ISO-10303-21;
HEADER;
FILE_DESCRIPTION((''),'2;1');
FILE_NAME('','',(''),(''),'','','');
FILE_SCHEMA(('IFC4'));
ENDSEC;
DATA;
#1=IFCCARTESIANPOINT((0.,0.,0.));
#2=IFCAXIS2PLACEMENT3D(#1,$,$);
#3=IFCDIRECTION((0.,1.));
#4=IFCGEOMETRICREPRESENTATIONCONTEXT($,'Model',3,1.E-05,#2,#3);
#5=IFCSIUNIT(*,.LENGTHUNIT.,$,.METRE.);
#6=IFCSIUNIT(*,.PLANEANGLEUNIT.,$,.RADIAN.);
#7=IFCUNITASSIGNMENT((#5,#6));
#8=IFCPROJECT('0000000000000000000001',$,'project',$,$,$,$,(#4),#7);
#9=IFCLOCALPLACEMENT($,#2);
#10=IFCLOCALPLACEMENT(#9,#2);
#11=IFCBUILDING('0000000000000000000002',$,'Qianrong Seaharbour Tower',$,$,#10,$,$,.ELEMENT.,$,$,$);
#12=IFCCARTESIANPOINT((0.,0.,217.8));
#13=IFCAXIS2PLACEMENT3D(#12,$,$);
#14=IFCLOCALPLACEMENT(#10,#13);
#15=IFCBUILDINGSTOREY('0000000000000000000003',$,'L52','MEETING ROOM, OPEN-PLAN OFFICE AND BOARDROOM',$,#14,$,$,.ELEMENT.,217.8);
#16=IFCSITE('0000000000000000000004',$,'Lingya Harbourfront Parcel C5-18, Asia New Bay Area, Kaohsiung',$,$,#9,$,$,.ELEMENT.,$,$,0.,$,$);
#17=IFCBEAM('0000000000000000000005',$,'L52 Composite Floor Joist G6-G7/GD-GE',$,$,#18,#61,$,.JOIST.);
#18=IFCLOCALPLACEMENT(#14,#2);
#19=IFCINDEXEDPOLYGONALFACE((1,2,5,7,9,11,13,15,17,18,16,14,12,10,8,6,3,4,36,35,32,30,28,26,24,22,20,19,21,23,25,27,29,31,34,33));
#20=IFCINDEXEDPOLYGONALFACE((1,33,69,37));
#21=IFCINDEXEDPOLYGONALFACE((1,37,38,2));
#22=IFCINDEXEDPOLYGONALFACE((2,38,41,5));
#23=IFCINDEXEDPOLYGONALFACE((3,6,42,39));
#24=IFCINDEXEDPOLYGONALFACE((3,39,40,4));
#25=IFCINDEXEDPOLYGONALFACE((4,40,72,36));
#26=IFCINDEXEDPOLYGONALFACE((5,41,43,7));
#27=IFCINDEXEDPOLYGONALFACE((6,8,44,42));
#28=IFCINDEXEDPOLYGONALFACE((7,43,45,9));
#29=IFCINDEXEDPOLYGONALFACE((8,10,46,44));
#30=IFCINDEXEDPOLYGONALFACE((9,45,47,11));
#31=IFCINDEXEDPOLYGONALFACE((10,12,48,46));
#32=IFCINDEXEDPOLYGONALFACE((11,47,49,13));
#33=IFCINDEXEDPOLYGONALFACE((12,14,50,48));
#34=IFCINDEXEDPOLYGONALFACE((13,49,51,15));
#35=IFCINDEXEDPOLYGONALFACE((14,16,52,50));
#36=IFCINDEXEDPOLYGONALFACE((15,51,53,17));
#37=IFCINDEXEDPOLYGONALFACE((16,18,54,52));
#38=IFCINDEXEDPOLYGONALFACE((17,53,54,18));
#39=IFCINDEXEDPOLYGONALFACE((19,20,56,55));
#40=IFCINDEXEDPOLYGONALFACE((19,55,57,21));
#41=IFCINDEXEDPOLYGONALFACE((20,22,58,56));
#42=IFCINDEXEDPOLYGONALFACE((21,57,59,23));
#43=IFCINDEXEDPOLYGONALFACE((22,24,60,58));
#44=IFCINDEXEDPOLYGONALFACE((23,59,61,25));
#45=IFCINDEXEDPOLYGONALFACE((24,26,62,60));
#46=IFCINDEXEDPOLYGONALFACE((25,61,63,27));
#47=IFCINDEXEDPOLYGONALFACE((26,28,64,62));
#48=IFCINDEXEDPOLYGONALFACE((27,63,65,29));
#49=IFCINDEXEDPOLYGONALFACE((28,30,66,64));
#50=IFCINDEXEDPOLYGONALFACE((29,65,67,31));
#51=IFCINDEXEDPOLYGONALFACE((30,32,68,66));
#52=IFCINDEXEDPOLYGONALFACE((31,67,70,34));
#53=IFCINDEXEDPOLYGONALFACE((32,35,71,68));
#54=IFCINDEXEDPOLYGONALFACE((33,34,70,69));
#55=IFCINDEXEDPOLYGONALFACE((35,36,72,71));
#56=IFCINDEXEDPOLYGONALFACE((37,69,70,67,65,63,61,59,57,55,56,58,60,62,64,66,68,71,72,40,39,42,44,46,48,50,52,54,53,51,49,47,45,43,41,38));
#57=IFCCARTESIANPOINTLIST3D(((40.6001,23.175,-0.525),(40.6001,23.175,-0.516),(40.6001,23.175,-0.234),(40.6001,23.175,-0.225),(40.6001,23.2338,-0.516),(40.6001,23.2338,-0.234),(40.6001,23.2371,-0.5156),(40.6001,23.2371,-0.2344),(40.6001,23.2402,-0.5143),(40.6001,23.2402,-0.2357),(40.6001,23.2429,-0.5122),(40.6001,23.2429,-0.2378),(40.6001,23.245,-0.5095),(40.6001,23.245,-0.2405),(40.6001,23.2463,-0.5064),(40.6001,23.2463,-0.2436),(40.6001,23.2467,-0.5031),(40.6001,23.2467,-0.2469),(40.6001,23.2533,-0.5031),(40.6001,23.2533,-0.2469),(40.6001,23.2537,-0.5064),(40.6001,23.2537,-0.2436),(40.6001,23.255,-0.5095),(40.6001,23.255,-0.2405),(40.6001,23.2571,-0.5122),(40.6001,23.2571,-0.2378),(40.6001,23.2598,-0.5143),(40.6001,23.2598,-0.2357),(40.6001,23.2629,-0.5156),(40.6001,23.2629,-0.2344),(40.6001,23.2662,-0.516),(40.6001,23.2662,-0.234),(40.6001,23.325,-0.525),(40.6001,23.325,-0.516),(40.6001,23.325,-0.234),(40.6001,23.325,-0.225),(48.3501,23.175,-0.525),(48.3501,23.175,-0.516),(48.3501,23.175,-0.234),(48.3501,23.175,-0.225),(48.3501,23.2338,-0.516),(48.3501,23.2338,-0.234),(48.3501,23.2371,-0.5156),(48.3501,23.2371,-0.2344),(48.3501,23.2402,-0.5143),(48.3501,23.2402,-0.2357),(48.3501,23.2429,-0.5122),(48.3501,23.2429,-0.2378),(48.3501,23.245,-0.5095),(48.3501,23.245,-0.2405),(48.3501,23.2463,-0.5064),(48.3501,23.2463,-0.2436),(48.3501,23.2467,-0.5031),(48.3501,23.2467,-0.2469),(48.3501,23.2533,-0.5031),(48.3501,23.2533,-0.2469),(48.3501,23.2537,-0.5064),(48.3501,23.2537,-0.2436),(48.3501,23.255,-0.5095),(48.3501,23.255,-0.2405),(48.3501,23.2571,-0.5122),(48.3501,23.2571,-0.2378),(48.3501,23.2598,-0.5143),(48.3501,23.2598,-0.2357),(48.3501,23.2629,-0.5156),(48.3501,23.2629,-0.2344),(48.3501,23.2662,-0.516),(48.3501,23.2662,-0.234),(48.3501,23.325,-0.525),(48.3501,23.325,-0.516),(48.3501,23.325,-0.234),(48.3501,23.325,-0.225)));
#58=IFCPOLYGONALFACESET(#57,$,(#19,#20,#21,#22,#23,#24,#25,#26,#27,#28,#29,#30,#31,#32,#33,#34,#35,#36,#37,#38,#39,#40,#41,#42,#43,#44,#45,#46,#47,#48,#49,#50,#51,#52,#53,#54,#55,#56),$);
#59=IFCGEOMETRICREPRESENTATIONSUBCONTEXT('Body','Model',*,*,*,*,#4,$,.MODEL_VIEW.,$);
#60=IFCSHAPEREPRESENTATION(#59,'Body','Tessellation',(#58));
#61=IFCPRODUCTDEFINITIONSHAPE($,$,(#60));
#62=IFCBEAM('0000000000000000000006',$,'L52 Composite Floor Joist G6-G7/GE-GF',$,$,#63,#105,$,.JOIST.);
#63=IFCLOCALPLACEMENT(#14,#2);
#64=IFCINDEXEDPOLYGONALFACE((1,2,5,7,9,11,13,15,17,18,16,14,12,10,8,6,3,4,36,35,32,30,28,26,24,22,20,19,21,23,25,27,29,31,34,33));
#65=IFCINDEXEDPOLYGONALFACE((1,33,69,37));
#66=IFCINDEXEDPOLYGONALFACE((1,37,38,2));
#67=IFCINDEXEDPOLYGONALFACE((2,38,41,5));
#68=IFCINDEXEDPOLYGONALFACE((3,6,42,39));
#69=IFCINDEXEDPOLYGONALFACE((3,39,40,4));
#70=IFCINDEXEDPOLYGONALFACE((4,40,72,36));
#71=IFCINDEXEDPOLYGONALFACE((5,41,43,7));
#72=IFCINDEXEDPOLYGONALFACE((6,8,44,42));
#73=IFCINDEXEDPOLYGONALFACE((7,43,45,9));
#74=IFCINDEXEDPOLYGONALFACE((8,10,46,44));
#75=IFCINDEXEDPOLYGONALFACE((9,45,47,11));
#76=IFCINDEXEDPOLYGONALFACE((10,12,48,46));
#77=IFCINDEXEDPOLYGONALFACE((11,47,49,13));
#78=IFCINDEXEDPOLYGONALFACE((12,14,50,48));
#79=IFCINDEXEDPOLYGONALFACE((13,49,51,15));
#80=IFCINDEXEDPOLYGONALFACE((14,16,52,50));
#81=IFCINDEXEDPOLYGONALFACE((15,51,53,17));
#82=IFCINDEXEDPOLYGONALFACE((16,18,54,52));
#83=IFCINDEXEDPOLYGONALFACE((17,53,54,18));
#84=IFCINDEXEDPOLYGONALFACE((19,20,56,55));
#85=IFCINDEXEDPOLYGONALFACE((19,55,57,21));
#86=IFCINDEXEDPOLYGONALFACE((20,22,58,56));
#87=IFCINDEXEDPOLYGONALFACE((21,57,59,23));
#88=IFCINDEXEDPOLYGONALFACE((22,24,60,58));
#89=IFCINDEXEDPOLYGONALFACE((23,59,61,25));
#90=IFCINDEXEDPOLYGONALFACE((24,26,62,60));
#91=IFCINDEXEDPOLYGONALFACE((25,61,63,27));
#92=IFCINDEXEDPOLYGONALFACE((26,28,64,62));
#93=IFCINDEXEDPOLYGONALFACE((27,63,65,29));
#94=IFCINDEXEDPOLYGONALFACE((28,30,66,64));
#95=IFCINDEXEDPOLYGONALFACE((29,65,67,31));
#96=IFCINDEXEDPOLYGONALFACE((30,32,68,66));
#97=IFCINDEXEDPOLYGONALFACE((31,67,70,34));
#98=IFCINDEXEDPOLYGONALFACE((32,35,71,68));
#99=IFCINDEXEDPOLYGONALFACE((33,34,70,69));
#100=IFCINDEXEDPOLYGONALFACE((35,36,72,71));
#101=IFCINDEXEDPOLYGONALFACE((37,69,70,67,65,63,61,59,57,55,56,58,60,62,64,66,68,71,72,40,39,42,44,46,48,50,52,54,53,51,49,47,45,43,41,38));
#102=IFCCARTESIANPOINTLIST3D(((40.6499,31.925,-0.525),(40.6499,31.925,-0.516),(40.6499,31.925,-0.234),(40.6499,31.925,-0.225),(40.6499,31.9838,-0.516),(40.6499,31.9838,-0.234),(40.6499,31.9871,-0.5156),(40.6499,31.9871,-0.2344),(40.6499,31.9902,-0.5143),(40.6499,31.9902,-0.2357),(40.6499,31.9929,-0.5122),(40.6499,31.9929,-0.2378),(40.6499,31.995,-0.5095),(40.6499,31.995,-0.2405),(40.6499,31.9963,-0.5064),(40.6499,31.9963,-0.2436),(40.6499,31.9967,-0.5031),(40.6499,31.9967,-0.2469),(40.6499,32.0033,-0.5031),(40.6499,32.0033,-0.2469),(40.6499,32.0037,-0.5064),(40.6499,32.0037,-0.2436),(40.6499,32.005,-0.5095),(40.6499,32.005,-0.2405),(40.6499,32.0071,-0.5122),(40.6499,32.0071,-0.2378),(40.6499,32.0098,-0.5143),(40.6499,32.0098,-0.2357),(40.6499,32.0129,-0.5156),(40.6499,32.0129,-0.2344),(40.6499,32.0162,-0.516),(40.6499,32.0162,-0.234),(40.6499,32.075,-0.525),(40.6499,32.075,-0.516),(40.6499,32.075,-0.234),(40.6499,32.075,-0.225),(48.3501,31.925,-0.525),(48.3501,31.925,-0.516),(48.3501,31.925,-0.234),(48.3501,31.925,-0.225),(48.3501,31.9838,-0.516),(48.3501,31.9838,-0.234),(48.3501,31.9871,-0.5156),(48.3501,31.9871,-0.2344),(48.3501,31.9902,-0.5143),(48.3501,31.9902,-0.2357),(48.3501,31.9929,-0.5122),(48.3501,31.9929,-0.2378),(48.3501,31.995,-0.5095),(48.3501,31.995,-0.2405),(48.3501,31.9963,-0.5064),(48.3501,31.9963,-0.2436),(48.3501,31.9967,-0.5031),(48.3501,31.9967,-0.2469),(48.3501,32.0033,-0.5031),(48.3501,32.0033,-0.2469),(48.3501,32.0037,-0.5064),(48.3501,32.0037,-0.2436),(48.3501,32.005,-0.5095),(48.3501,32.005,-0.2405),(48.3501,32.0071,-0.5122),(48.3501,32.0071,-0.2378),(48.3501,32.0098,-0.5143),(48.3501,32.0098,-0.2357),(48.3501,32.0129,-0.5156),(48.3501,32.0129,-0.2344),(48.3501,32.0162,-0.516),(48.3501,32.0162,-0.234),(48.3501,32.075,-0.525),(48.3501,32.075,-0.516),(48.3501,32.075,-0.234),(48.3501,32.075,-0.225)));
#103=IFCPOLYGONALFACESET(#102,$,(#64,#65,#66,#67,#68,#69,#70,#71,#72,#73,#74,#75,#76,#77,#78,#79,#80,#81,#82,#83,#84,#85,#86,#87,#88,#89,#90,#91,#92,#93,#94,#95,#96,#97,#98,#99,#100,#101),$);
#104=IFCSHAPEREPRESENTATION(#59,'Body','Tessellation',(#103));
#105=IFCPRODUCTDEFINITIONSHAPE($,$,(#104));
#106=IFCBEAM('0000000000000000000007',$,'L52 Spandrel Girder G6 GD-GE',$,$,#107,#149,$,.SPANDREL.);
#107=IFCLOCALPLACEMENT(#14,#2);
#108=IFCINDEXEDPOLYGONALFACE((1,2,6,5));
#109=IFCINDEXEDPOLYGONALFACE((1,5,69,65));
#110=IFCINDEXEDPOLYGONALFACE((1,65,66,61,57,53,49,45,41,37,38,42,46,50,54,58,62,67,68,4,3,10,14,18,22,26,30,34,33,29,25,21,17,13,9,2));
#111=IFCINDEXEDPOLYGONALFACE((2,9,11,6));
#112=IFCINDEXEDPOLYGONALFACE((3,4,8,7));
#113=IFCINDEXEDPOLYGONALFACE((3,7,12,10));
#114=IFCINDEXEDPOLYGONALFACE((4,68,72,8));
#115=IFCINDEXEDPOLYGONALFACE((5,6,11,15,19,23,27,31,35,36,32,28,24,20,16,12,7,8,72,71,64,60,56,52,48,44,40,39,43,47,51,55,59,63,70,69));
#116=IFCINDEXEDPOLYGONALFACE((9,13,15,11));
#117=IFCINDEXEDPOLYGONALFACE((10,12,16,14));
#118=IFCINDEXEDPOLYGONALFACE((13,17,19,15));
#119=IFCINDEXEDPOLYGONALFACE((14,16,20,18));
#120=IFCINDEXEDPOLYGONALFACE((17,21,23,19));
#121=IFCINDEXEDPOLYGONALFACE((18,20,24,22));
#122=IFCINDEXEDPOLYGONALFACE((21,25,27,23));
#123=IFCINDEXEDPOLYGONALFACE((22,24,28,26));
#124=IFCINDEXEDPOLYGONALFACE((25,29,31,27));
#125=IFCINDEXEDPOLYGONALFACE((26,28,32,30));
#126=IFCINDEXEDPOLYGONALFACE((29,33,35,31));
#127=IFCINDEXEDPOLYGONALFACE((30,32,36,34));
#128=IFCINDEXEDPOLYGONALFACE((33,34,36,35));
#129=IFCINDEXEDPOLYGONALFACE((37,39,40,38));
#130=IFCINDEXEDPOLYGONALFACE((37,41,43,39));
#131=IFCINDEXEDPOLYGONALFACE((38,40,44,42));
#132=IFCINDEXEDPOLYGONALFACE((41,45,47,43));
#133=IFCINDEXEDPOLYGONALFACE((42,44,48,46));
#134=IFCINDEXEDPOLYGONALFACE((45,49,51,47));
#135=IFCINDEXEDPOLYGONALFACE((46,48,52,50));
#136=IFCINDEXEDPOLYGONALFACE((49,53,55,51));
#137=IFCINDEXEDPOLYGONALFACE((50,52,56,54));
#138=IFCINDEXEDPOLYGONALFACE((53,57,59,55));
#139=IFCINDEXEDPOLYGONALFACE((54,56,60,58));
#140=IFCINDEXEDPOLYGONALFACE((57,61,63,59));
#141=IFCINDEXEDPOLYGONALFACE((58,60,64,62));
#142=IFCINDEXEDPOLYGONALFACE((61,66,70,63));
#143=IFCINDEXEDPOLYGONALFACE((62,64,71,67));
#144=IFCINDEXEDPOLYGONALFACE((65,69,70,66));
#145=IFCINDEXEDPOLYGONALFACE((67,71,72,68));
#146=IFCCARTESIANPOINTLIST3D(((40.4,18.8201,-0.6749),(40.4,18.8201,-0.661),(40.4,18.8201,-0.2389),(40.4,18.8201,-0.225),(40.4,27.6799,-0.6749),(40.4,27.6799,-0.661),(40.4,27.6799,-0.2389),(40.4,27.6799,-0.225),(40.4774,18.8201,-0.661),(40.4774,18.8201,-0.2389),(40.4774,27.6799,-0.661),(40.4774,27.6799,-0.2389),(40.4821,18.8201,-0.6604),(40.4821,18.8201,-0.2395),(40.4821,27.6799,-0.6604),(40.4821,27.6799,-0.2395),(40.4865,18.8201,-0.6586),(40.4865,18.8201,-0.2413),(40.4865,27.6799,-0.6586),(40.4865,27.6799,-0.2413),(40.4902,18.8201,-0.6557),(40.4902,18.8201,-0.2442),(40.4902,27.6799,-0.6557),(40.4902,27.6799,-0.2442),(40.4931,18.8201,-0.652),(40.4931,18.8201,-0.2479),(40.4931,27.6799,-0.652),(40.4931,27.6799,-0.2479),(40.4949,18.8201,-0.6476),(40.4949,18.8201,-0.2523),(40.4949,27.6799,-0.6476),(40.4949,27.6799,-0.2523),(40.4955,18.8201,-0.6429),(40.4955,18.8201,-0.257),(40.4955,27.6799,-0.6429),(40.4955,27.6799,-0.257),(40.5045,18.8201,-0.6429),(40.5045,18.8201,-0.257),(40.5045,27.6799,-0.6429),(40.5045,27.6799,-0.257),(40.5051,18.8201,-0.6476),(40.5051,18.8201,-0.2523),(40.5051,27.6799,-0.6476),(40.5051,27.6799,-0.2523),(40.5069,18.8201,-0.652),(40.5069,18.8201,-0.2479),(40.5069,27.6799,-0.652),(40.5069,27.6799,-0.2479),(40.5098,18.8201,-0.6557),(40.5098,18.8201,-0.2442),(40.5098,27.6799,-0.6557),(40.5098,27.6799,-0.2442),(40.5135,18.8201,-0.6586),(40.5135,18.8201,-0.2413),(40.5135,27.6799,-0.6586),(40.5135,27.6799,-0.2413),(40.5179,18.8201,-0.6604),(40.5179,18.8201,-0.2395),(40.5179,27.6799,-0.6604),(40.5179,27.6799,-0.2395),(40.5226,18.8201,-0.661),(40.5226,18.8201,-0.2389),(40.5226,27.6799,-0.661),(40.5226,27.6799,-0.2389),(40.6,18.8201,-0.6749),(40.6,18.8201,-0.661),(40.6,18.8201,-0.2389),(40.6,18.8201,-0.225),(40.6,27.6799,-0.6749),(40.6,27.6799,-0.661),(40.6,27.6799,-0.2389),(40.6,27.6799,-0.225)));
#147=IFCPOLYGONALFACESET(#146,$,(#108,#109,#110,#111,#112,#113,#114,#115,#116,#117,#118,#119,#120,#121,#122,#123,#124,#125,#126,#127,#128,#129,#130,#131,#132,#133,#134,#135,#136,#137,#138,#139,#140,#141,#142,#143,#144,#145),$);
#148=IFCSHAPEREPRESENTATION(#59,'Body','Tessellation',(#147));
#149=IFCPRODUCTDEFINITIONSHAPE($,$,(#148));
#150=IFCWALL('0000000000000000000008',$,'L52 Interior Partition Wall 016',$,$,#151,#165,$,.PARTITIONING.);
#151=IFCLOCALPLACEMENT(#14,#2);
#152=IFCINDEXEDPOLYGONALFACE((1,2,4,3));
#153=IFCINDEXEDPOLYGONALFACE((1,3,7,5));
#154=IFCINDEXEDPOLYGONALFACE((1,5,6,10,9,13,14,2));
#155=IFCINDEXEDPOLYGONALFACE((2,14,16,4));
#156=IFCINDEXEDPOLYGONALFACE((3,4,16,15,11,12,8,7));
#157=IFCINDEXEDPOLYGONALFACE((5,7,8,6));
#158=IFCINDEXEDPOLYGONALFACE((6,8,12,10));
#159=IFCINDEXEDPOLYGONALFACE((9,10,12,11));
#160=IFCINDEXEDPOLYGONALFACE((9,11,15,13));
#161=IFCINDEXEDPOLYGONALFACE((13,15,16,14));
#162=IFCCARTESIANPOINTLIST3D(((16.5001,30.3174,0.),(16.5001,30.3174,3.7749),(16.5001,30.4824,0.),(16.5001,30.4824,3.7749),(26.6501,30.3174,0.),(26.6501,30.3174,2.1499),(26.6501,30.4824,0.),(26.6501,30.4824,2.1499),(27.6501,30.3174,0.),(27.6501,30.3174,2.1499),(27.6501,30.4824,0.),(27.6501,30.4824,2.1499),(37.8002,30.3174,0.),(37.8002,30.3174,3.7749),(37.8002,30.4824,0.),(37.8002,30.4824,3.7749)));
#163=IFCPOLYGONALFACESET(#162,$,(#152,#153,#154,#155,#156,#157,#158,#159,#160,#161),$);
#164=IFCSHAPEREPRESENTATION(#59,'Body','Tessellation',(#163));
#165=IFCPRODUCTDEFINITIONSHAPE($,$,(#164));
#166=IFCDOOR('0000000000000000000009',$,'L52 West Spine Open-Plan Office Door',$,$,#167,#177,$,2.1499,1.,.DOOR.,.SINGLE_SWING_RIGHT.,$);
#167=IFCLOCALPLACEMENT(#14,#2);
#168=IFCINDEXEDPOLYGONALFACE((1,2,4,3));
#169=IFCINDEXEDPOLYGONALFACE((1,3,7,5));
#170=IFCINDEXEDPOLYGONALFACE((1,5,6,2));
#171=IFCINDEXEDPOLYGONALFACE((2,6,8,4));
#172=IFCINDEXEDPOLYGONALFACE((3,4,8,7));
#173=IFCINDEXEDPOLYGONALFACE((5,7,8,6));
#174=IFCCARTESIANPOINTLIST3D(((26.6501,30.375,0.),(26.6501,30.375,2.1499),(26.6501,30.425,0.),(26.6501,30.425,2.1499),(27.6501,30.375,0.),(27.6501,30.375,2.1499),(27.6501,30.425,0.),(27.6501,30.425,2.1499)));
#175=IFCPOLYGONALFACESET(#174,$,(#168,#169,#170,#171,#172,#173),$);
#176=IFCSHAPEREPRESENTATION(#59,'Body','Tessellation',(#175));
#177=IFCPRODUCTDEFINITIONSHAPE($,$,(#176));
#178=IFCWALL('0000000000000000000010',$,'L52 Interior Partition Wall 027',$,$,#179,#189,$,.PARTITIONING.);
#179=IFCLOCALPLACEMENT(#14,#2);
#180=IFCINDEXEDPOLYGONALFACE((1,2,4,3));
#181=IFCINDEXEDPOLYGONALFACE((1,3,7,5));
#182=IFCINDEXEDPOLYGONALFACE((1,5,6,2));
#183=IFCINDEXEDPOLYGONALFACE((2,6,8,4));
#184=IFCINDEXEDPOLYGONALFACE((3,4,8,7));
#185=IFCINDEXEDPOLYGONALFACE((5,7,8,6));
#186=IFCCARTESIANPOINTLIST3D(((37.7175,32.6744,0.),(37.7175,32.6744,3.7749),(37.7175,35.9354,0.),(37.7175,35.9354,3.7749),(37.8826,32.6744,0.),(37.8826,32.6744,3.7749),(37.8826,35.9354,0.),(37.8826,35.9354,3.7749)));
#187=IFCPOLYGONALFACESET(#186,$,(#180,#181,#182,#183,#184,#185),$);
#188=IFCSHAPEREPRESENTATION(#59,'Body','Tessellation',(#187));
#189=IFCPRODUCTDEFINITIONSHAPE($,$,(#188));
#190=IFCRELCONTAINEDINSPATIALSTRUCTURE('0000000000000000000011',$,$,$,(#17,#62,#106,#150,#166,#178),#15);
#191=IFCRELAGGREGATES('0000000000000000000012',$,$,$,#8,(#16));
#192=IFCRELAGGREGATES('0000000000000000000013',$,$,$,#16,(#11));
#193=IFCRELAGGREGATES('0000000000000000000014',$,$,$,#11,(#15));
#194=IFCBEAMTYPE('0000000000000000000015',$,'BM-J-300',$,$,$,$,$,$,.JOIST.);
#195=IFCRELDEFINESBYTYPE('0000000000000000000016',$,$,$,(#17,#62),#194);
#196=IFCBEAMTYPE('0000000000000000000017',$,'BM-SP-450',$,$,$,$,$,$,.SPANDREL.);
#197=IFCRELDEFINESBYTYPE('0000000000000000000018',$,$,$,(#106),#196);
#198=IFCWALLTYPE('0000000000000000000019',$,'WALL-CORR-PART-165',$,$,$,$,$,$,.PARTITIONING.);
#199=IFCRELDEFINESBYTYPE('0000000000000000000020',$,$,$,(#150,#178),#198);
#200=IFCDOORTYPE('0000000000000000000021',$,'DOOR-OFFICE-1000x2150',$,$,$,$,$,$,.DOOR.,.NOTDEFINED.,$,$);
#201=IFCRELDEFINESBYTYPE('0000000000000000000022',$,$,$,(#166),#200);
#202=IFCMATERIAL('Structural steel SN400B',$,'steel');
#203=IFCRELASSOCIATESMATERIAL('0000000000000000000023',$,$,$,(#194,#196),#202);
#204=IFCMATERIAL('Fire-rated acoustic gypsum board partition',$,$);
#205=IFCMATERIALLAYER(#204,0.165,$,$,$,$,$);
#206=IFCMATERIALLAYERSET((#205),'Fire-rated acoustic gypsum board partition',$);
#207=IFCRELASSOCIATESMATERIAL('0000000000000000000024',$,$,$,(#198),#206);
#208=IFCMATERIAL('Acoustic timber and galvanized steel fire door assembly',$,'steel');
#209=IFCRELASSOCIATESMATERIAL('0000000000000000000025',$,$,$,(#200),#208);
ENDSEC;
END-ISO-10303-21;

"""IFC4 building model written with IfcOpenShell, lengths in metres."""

from ifc_helpers import new_model, si_unit, direction, frame, frame_2d, origin, origin_2d, place, context, subcontext, project, spatial, rectangle, i_section, extrude, material, layer, layer_set, material_profile, profile_set, type_object, element, fill, save


model = new_model("IFC4")

# Units and contexts
model_context = context("Model", 3, precision=1e-05, world=origin(), true_north=direction((0.0, 1.0)))
body_context = subcontext(model_context, "Body", "Model", "MODEL_VIEW")
ifc_project = project(units=[si_unit("LENGTHUNIT", "METRE"), si_unit("PLANEANGLEUNIT", "RADIAN")], contexts=[model_context])

# Site, building, storey
site_placement = place(None, origin())
site = spatial("IfcSite", under=ifc_project, at=site_placement, Name="Lingya Harbourfront Parcel C5-18, Asia New Bay Area, Kaohsiung", CompositionType="ELEMENT", RefElevation=0.0)
building_placement = place(site_placement, origin())
building = spatial("IfcBuilding", under=site, at=building_placement, Name="Qianrong Seaharbour Tower", CompositionType="ELEMENT")
storey_placement = place(building_placement, frame((0.0, 0.0, 217.8)))
storey = spatial("IfcBuildingStorey", under=building, at=storey_placement, Name="L52", Description="MEETING ROOM, OPEN-PLAN OFFICE AND BOARDROOM", CompositionType="ELEMENT", Elevation=217.8)

# Beams
ifc_material_1 = material(Name="Structural steel SN400B", Category="steel")
ifc_material_profile_1 = material_profile(ifc_material_1, i_section(OverallWidth=0.1499, OverallDepth=0.3, WebThickness=0.0066, FlangeThickness=0.009, FilletRadius=0.0129, at=origin_2d()), Name="H300x150x6.5x9")
ifc_profile_set_1 = profile_set([ifc_material_profile_1], Name="Structural steel SN400B")
beam_type_1 = type_object("IfcBeamType", Name="BM-J-300", PredefinedType="JOIST", material=ifc_profile_set_1)
beam_1_placement = place(storey_placement, frame((40.6001, 23.25, -0.375), z_axis=(1.0, 0.0, 0.0), x_axis=(0.0, 1.0, 0.0)))
element("IfcBeam", 1, at=beam_1_placement, inside=storey, type_object=beam_type_1, Name="L52 Composite Floor Joist G6-G7/GD-GE", PredefinedType="JOIST", context=body_context, shape_type="SweptSolid", body=[
    extrude(i_section(OverallWidth=0.1499, OverallDepth=0.3, WebThickness=0.0066, FlangeThickness=0.009, FilletRadius=0.0129, at=origin_2d()), origin(), (0.0, 0.0, 1.0), 7.75),
])
beam_2_placement = place(storey_placement, frame((40.6499, 32.0, -0.375), z_axis=(1.0, 0.0, 0.0), x_axis=(0.0, 1.0, 0.0)))
element("IfcBeam", 2, at=beam_2_placement, inside=storey, type_object=beam_type_1, Name="L52 Composite Floor Joist G6-G7/GE-GF", PredefinedType="JOIST", context=body_context, shape_type="SweptSolid", body=[
    extrude(i_section(OverallWidth=0.1499, OverallDepth=0.3, WebThickness=0.0066, FlangeThickness=0.009, FilletRadius=0.0129, at=origin_2d()), origin(), (0.0, 0.0, 1.0), 7.7002),
])
ifc_material_profile_2 = material_profile(ifc_material_1, i_section(OverallWidth=0.2, OverallDepth=0.45, WebThickness=0.009, FlangeThickness=0.0139, FilletRadius=0.0181, at=origin_2d()), Name="H450x200x9x14")
ifc_profile_set_2 = profile_set([ifc_material_profile_2], Name="Structural steel SN400B")
beam_type_2 = type_object("IfcBeamType", Name="BM-SP-450", PredefinedType="SPANDREL", material=ifc_profile_set_2)
beam_3_placement = place(storey_placement, frame((40.5, 18.8201, -0.45), z_axis=(0.0, 1.0, 0.0), x_axis=(-1.0, 0.0, 0.0)))
element("IfcBeam", 3, at=beam_3_placement, inside=storey, type_object=beam_type_2, Name="L52 Spandrel Girder G6 GD-GE", PredefinedType="SPANDREL", context=body_context, shape_type="SweptSolid", body=[
    extrude(i_section(OverallWidth=0.2, OverallDepth=0.45, WebThickness=0.009, FlangeThickness=0.0139, FilletRadius=0.0181, at=origin_2d()), origin(), (0.0, 0.0, 1.0), 8.8599),
])

# Wall, opening, door
ifc_material_2 = material(Name="Fire-rated acoustic gypsum board partition")
ifc_layer_1 = layer(ifc_material_2, 0.165)
ifc_layer_set_1 = layer_set([ifc_layer_1], Name="Fire-rated acoustic gypsum board partition")
wall_type_1 = type_object("IfcWallType", Name="WALL-CORR-PART-165", PredefinedType="PARTITIONING", material=ifc_layer_set_1)
wall_1_placement = place(storey_placement, frame((37.8, 30.3999, 0.0), z_axis=(0.0, 0.0, 1.0), x_axis=(-1.0, 0.0, 0.0)))
wall_1 = element("IfcWall", 4, at=wall_1_placement, inside=storey, type_object=wall_type_1, Name="L52 Interior Partition Wall 016", PredefinedType="PARTITIONING", context=body_context, shape_type="SweptSolid", body=[
    extrude(rectangle(XDim=21.3, YDim=0.165, at=frame_2d((10.6499, 0.0))), origin(), (0.0, 0.0, 1.0), 3.7749),
])
opening_1_placement = place(wall_1_placement, frame((10.1499, 0.0, 0.0)))
opening_1 = element("IfcOpeningElement", 5, at=opening_1_placement, cuts=wall_1, PredefinedType="OPENING", context=body_context, shape_type="SweptSolid", body=[
    extrude(rectangle(XDim=1.0, YDim=2.1499, at=frame_2d((0.5, 1.075))), frame((0.0, 0.0925, 0.0), z_axis=(0.0, -1.0, 0.0), x_axis=(1.0, 0.0, 0.0)), (0.0, 0.0, 1.0), 0.1851),
])
ifc_material_3 = material(Name="Acoustic timber and galvanized steel fire door assembly", Category="steel")
door_type = type_object("IfcDoorType", Name="DOOR-OFFICE-1000x2150", OperationType="NOTDEFINED", PredefinedType="DOOR", material=ifc_material_3)
door_placement = place(opening_1_placement, origin())
door = element("IfcDoor", 6, at=door_placement, inside=storey, type_object=door_type, Name="L52 West Spine Open-Plan Office Door", OperationType="SINGLE_SWING_RIGHT", OverallHeight=2.1499, OverallWidth=1.0, PredefinedType="DOOR", context=body_context, shape_type="SweptSolid", body=[
    extrude(rectangle(XDim=1.0, YDim=2.1499, at=frame_2d((0.5, 1.075))), frame((0.0, 0.0249, 0.0), z_axis=(0.0, -1.0, 0.0), x_axis=(1.0, 0.0, 0.0)), (0.0, 0.0, 1.0), 0.05),
])
fill(opening_1, door)

# Wall
wall_2_placement = place(storey_placement, frame((37.8, 32.6746, 0.0), z_axis=(0.0, 0.0, 1.0), x_axis=(0.0, 1.0, 0.0)))
element("IfcWall", 7, at=wall_2_placement, inside=storey, type_object=wall_type_1, Name="L52 Interior Partition Wall 027", PredefinedType="PARTITIONING", context=body_context, shape_type="SweptSolid", body=[
    extrude(rectangle(XDim=3.261, YDim=0.165, at=frame_2d((1.6304, 0.0))), origin(), (0.0, 0.0, 1.0), 3.7749),
])

save(model, "model.ifc")
